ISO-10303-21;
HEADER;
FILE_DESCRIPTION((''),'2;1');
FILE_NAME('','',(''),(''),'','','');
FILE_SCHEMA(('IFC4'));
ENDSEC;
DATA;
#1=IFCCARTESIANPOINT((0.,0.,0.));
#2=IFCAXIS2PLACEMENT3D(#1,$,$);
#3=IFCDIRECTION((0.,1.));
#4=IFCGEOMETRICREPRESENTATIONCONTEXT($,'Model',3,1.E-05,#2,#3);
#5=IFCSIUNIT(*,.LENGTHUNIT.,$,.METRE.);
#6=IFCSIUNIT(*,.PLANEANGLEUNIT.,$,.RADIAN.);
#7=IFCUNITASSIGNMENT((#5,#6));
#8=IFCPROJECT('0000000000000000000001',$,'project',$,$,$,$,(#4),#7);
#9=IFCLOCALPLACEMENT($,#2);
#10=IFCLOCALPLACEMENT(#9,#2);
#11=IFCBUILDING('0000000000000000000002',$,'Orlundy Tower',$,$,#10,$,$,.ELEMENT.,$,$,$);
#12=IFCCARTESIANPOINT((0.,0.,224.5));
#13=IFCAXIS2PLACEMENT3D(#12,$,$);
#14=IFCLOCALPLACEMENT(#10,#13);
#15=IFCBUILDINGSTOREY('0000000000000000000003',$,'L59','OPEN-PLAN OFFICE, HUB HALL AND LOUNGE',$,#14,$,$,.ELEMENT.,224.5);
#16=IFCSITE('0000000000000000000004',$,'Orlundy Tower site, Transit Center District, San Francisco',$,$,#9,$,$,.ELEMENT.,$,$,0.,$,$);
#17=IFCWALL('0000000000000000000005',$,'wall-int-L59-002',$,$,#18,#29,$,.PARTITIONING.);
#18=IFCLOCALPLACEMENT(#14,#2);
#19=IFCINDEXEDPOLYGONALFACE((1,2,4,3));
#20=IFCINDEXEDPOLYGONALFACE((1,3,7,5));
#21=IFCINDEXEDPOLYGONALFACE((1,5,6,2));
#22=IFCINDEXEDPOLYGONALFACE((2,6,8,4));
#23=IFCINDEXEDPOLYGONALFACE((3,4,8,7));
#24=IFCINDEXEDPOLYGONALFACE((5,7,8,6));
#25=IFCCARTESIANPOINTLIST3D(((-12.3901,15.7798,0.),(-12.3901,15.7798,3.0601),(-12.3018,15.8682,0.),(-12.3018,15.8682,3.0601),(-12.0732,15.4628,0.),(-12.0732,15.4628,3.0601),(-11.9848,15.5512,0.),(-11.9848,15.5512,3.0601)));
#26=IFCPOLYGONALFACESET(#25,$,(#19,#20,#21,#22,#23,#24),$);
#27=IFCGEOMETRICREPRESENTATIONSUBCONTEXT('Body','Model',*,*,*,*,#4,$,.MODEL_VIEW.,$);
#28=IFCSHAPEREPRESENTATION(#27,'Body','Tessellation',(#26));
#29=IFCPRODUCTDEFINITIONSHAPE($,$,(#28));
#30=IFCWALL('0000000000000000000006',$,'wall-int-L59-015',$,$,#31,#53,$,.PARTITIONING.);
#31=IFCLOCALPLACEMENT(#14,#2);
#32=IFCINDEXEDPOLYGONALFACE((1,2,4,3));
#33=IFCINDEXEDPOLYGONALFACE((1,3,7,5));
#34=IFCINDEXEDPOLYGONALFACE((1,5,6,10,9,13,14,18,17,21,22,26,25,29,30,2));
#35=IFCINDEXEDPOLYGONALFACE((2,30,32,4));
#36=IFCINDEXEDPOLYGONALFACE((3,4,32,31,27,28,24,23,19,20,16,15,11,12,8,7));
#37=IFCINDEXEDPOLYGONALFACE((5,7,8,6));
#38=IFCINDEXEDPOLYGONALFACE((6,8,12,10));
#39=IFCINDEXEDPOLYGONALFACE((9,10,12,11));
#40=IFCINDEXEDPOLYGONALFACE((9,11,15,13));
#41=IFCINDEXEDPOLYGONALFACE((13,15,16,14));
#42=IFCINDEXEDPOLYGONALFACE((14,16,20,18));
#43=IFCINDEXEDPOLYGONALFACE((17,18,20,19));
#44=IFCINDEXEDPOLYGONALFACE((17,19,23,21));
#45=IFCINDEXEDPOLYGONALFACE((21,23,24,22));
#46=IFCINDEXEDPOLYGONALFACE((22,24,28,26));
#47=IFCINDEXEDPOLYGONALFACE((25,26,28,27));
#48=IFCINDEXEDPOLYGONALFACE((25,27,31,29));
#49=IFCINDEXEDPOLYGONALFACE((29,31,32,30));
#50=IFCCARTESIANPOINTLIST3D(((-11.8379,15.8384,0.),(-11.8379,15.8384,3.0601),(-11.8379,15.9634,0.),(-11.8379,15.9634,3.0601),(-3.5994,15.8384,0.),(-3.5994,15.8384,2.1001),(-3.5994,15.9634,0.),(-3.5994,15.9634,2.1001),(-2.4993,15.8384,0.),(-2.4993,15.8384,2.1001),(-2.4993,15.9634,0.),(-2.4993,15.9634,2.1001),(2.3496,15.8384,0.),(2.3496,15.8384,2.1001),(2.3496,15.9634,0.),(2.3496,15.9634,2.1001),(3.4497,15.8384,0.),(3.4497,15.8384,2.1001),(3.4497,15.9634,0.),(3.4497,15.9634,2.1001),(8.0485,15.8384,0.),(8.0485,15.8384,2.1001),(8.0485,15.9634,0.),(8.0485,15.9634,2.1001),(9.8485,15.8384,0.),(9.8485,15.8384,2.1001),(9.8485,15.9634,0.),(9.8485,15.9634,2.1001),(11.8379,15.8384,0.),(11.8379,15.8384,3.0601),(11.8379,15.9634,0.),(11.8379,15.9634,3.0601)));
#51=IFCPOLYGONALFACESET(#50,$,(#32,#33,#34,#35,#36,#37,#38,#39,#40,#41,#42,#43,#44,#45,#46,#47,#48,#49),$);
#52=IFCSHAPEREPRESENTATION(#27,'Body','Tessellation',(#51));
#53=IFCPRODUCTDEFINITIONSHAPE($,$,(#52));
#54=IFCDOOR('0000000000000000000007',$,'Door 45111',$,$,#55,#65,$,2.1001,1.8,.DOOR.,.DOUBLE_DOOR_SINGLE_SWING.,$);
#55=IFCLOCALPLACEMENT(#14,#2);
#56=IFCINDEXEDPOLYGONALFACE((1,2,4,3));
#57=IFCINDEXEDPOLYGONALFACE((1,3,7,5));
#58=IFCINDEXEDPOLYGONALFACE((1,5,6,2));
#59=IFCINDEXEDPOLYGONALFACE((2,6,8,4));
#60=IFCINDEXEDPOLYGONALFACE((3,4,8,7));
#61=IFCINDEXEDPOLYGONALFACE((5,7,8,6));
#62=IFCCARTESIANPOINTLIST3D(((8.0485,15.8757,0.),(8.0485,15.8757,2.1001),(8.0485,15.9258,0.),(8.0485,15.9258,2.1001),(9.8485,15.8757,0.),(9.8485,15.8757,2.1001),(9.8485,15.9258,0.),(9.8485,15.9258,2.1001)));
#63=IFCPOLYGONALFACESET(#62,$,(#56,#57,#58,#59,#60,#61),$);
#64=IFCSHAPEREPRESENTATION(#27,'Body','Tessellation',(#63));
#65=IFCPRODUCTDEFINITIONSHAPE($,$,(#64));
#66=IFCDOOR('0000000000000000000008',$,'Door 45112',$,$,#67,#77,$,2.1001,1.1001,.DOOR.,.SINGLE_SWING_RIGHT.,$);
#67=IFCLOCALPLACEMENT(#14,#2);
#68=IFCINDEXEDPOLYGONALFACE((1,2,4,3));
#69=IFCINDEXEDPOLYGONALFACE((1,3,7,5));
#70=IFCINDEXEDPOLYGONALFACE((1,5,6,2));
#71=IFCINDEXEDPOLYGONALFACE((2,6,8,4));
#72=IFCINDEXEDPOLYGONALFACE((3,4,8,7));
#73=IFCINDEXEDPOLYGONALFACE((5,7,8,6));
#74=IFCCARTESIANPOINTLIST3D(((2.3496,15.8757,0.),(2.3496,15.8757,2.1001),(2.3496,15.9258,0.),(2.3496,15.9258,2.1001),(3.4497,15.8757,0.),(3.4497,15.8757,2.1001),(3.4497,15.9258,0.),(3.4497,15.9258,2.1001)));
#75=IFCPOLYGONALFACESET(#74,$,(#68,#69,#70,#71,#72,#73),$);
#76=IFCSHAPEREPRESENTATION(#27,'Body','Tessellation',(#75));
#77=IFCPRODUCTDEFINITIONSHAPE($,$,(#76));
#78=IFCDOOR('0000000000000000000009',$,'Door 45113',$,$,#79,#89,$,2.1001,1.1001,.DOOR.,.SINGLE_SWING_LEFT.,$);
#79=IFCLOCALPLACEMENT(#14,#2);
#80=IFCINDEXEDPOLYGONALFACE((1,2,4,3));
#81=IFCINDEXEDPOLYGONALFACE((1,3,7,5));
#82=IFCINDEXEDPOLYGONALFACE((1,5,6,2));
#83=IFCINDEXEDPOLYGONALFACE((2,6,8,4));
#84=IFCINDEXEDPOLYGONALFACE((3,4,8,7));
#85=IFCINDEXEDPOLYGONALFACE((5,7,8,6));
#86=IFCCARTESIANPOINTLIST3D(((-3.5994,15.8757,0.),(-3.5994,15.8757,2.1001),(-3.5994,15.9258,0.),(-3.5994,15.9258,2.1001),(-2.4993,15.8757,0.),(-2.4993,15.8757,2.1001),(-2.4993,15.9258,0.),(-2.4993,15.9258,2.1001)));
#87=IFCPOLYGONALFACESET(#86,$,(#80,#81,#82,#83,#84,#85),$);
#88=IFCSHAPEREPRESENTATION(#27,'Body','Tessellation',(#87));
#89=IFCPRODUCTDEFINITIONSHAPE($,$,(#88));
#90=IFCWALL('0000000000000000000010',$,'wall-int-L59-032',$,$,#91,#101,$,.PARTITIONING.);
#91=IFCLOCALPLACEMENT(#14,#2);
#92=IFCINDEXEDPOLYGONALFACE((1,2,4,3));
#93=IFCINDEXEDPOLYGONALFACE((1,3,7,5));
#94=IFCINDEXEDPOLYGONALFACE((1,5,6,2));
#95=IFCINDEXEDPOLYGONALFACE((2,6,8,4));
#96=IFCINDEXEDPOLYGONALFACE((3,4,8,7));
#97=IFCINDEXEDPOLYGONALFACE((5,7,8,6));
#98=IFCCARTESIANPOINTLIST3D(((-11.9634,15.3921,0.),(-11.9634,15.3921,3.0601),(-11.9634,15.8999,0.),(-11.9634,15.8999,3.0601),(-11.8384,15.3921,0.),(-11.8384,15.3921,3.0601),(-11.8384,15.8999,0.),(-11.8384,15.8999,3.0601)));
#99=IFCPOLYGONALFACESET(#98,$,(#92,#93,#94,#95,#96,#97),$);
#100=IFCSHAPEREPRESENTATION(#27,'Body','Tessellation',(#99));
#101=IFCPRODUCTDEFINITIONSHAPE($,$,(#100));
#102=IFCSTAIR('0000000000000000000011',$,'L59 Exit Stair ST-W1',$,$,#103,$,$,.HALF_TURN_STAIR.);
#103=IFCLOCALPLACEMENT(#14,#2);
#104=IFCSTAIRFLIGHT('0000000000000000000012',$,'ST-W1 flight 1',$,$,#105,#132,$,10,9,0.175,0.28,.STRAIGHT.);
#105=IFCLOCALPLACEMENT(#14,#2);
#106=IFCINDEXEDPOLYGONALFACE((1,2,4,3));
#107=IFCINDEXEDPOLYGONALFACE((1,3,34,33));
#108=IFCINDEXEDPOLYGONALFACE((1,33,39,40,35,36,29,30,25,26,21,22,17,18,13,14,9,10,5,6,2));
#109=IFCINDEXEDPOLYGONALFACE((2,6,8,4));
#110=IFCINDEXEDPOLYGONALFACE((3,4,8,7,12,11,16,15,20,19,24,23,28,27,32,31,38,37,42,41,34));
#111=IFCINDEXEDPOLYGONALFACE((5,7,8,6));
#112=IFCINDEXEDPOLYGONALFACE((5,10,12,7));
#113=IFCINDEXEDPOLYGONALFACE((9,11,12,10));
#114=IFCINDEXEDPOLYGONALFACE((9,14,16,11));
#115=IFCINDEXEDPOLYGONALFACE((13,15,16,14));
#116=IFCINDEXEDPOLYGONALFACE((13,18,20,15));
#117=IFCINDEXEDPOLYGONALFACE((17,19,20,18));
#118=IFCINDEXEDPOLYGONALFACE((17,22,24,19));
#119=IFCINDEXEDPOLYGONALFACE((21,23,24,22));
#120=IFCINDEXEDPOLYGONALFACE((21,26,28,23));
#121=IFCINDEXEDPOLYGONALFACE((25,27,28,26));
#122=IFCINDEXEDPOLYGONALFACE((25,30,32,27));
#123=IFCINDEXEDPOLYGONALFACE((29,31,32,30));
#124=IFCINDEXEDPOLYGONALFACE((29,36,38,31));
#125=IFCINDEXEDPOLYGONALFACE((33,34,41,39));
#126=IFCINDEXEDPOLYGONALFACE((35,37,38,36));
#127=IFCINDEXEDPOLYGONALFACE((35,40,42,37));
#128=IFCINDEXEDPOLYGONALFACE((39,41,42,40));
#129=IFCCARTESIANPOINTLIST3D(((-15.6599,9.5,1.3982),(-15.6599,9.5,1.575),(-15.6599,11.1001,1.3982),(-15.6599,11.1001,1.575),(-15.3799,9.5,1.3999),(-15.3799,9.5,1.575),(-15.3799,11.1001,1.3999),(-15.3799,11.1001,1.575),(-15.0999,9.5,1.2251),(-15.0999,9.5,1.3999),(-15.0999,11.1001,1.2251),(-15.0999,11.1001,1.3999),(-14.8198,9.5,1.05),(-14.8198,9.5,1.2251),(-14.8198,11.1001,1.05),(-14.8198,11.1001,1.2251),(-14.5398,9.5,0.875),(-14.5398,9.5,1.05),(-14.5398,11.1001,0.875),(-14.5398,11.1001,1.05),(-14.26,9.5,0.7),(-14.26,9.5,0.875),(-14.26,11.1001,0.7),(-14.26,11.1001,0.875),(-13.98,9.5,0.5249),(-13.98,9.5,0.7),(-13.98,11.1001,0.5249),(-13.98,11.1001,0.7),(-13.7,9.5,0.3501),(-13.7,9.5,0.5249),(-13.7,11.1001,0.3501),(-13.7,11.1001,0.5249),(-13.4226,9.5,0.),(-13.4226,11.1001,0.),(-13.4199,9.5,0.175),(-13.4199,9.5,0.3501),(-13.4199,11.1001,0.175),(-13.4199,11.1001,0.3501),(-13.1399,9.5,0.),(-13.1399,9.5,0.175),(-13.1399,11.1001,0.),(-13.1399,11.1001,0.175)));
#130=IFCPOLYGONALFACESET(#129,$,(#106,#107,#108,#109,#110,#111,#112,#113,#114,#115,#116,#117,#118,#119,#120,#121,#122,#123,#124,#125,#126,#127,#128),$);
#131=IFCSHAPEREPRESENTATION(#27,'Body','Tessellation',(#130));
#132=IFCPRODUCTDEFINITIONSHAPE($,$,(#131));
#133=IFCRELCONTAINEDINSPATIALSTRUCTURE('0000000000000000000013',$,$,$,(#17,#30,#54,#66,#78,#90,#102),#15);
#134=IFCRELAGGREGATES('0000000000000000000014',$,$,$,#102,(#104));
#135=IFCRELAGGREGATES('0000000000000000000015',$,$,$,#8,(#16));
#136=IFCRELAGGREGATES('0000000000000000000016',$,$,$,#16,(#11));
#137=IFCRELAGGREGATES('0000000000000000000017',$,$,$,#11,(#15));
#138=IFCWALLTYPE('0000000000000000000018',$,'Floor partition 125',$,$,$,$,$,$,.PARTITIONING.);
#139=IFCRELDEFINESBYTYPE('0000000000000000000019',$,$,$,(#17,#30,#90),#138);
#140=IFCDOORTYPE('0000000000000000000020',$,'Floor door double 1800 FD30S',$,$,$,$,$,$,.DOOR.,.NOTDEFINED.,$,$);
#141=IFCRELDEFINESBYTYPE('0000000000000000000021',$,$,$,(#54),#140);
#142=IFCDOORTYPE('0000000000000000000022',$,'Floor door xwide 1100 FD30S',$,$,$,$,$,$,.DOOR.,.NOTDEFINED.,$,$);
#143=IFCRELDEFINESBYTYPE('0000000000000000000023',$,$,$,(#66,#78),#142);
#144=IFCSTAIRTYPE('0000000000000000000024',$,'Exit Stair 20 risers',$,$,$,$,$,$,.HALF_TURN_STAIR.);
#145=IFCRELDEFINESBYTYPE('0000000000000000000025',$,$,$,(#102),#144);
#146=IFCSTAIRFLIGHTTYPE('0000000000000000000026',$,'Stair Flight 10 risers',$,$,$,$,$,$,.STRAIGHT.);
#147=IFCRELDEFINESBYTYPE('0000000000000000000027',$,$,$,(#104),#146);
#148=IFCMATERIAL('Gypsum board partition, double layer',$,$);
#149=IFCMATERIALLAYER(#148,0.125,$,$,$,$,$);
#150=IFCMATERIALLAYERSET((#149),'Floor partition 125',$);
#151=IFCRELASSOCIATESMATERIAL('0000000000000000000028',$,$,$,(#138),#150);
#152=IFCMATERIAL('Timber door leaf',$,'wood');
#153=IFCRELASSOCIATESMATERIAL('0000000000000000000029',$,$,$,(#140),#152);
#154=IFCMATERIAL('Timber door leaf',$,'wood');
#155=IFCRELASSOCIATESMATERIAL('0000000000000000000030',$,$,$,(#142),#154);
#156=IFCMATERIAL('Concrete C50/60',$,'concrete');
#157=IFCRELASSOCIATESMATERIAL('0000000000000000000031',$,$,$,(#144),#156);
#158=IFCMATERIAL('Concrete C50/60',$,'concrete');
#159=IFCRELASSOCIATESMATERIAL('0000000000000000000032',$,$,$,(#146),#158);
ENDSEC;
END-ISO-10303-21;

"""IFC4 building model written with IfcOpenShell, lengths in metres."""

from ifc_helpers import new_model, si_unit, direction, frame, frame_2d, origin, place, context, subcontext, project, spatial, polyline, rectangle, outline, extrude, material, layer, layer_set, type_object, element, fill, aggregate, save


model = new_model("IFC4")

# Units and contexts
model_context = context("Model", 3, precision=1e-05, world=origin(), true_north=direction((0.0, 1.0)))
body_context = subcontext(model_context, "Body", "Model", "MODEL_VIEW")
ifc_project = project(units=[si_unit("LENGTHUNIT", "METRE"), si_unit("PLANEANGLEUNIT", "RADIAN")], contexts=[model_context])

# Site, building, storey
site_placement = place(None, origin())
site = spatial("IfcSite", under=ifc_project, at=site_placement, Name="Orlundy Tower site, Transit Center District, San Francisco", CompositionType="ELEMENT", RefElevation=0.0)
building_placement = place(site_placement, origin())
building = spatial("IfcBuilding", under=site, at=building_placement, Name="Orlundy Tower", CompositionType="ELEMENT")
storey_placement = place(building_placement, frame((0.0, 0.0, 224.5)))
storey = spatial("IfcBuildingStorey", under=building, at=storey_placement, Name="L59", Description="OPEN-PLAN OFFICE, HUB HALL AND LOUNGE", CompositionType="ELEMENT", Elevation=224.5)

# Wall
ifc_material_1 = material(Name="Gypsum board partition, double layer")
ifc_layer_1 = layer(ifc_material_1, 0.125)
ifc_layer_set_1 = layer_set([ifc_layer_1], Name="Floor partition 125")
wall_type_1 = type_object("IfcWallType", Name="Floor partition 125", PredefinedType="PARTITIONING", material=ifc_layer_set_1)
wall_1_placement = place(storey_placement, frame((-12.3459, 15.824, 0.0), z_axis=(0.0, 0.0, 1.0), x_axis=(0.707107, -0.707107, 0.0)))
element("IfcWall", 1, at=wall_1_placement, inside=storey, type_object=wall_type_1, Name="wall-int-L59-002", PredefinedType="PARTITIONING", context=body_context, shape_type="SweptSolid", body=[
    extrude(rectangle(XDim=0.4482, YDim=0.125, at=frame_2d((0.2241, 0.0))), origin(), (0.0, 0.0, 1.0), 3.0601),
])

# Wall, openings, doors
wall_2_placement = place(storey_placement, frame((-11.8379, 15.9009, 0.0), z_axis=(0.0, 0.0, 1.0), x_axis=(1.0, 0.0, 0.0)))
wall_2 = element("IfcWall", 2, at=wall_2_placement, inside=storey, type_object=wall_type_1, Name="wall-int-L59-015", PredefinedType="PARTITIONING", context=body_context, shape_type="SweptSolid", body=[
    extrude(rectangle(XDim=23.6758, YDim=0.125, at=frame_2d((11.8379, 0.0))), origin(), (0.0, 0.0, 1.0), 3.0601),
])
opening_1_placement = place(wall_2_placement, frame((19.8865, 0.0, 0.0)))
opening_1 = element("IfcOpeningElement", 3, at=opening_1_placement, cuts=wall_2, PredefinedType="OPENING", context=body_context, shape_type="SweptSolid", body=[
    extrude(rectangle(XDim=1.8, YDim=2.1001, at=frame_2d((0.8999, 1.05))), frame((0.0, 0.0725, 0.0), z_axis=(0.0, -1.0, 0.0), x_axis=(1.0, 0.0, 0.0)), (0.0, 0.0, 1.0), 0.145),
])
opening_2_placement = place(wall_2_placement, frame((14.1875, 0.0, 0.0)))
opening_2 = element("IfcOpeningElement", 4, at=opening_2_placement, cuts=wall_2, PredefinedType="OPENING", context=body_context, shape_type="SweptSolid", body=[
    extrude(rectangle(XDim=1.1001, YDim=2.1001, at=frame_2d((0.55, 1.05))), frame((0.0, 0.0725, 0.0), z_axis=(0.0, -1.0, 0.0), x_axis=(1.0, 0.0, 0.0)), (0.0, 0.0, 1.0), 0.145),
])
opening_3_placement = place(wall_2_placement, frame((8.2385, 0.0, 0.0)))
opening_3 = element("IfcOpeningElement", 5, at=opening_3_placement, cuts=wall_2, PredefinedType="OPENING", context=body_context, shape_type="SweptSolid", body=[
    extrude(rectangle(XDim=1.1001, YDim=2.1001, at=frame_2d((0.55, 1.05))), frame((0.0, 0.0725, 0.0), z_axis=(0.0, -1.0, 0.0), x_axis=(1.0, 0.0, 0.0)), (0.0, 0.0, 1.0), 0.145),
])
ifc_material_2 = material(Name="Timber door leaf", Category="wood")
door_type_1 = type_object("IfcDoorType", Name="Floor door double 1800 FD30S", OperationType="NOTDEFINED", PredefinedType="DOOR", material=ifc_material_2)
door_1_placement = place(opening_1_placement, origin())
door_1 = element("IfcDoor", 6, at=door_1_placement, inside=storey, type_object=door_type_1, Name="Door 45111", OperationType="DOUBLE_DOOR_SINGLE_SWING", OverallHeight=2.1001, OverallWidth=1.8, PredefinedType="DOOR", context=body_context, shape_type="SweptSolid", body=[
    extrude(rectangle(XDim=1.8, YDim=2.1001, at=frame_2d((0.8999, 1.05))), frame((0.0, 0.0249, 0.0), z_axis=(0.0, -1.0, 0.0), x_axis=(1.0, 0.0, 0.0)), (0.0, 0.0, 1.0), 0.05),
])
fill(opening_1, door_1)
ifc_material_3 = material(Name="Timber door leaf", Category="wood")
door_type_2 = type_object("IfcDoorType", Name="Floor door xwide 1100 FD30S", OperationType="NOTDEFINED", PredefinedType="DOOR", material=ifc_material_3)
door_2_placement = place(opening_2_placement, origin())
door_2 = element("IfcDoor", 7, at=door_2_placement, inside=storey, type_object=door_type_2, Name="Door 45112", OperationType="SINGLE_SWING_RIGHT", OverallHeight=2.1001, OverallWidth=1.1001, PredefinedType="DOOR", context=body_context, shape_type="SweptSolid", body=[
    extrude(rectangle(XDim=1.1001, YDim=2.1001, at=frame_2d((0.55, 1.05))), frame((0.0, 0.0249, 0.0), z_axis=(0.0, -1.0, 0.0), x_axis=(1.0, 0.0, 0.0)), (0.0, 0.0, 1.0), 0.05),
])
fill(opening_2, door_2)
door_3_placement = place(opening_3_placement, origin())
door_3 = element("IfcDoor", 8, at=door_3_placement, inside=storey, type_object=door_type_2, Name="Door 45113", OperationType="SINGLE_SWING_LEFT", OverallHeight=2.1001, OverallWidth=1.1001, PredefinedType="DOOR", context=body_context, shape_type="SweptSolid", body=[
    extrude(rectangle(XDim=1.1001, YDim=2.1001, at=frame_2d((0.55, 1.05))), frame((0.0, 0.0249, 0.0), z_axis=(0.0, -1.0, 0.0), x_axis=(1.0, 0.0, 0.0)), (0.0, 0.0, 1.0), 0.05),
])
fill(opening_3, door_3)

# Wall
wall_3_placement = place(storey_placement, frame((-11.9009, 15.3921, 0.0), z_axis=(0.0, 0.0, 1.0), x_axis=(0.0, 1.0, 0.0)))
element("IfcWall", 9, at=wall_3_placement, inside=storey, type_object=wall_type_1, Name="wall-int-L59-032", PredefinedType="PARTITIONING", context=body_context, shape_type="SweptSolid", body=[
    extrude(rectangle(XDim=0.5078, YDim=0.125, at=frame_2d((0.2539, 0.0))), origin(), (0.0, 0.0, 1.0), 3.0601),
])

# Stair, stair flight
ifc_material_4 = material(Name="Concrete C50/60", Category="concrete")
stair_type = type_object("IfcStairType", Name="Exit Stair 20 risers", PredefinedType="HALF_TURN_STAIR", material=ifc_material_4)
stair_placement = place(storey_placement, origin())
stair = element("IfcStair", 10, at=stair_placement, inside=storey, type_object=stair_type, Name="L59 Exit Stair ST-W1", PredefinedType="HALF_TURN_STAIR")
ifc_material_5 = material(Name="Concrete C50/60", Category="concrete")
stair_flight_type = type_object("IfcStairFlightType", Name="Stair Flight 10 risers", PredefinedType="STRAIGHT", material=ifc_material_5)
stair_flight_placement = place(storey_placement, frame((-13.1399, 10.3, 0.0), z_axis=(0.0, 0.0, 1.0), x_axis=(-1.0, 0.0, 0.0)))
stair_flight = element("IfcStairFlight", 11, at=stair_flight_placement, type_object=stair_flight_type, Name="ST-W1 flight 1", NumberOfRisers=10, NumberOfTreads=9, PredefinedType="STRAIGHT", RiserHeight=0.175, TreadLength=0.28, context=body_context, shape_type="SweptSolid", body=[
    extrude(outline(polyline([(0.0, 0.0), (0.0, 0.175), (0.28, 0.175), (0.28, 0.3501), (0.5601, 0.3501), (0.5601, 0.5249), (0.8401, 0.5249), (0.8401, 0.7), (1.1201, 0.7), (1.1201, 0.875), (1.3999, 0.875), (1.3999, 1.05), (1.6799, 1.05), (1.6799, 1.2251), (1.96, 1.2251), (1.96, 1.3999), (2.24, 1.3999), (2.24, 1.575), (2.52, 1.575), (2.52, 1.75), (2.52, 1.3982), (0.2827, 0.0), (0.0, 0.0)])), frame((0.0, 0.8, 0.0), z_axis=(0.0, -1.0, 0.0), x_axis=(1.0, 0.0, 0.0)), (0.0, 0.0, 1.0), 1.6001),
])
aggregate(stair, [stair_flight])

save(model, "model.ifc")
